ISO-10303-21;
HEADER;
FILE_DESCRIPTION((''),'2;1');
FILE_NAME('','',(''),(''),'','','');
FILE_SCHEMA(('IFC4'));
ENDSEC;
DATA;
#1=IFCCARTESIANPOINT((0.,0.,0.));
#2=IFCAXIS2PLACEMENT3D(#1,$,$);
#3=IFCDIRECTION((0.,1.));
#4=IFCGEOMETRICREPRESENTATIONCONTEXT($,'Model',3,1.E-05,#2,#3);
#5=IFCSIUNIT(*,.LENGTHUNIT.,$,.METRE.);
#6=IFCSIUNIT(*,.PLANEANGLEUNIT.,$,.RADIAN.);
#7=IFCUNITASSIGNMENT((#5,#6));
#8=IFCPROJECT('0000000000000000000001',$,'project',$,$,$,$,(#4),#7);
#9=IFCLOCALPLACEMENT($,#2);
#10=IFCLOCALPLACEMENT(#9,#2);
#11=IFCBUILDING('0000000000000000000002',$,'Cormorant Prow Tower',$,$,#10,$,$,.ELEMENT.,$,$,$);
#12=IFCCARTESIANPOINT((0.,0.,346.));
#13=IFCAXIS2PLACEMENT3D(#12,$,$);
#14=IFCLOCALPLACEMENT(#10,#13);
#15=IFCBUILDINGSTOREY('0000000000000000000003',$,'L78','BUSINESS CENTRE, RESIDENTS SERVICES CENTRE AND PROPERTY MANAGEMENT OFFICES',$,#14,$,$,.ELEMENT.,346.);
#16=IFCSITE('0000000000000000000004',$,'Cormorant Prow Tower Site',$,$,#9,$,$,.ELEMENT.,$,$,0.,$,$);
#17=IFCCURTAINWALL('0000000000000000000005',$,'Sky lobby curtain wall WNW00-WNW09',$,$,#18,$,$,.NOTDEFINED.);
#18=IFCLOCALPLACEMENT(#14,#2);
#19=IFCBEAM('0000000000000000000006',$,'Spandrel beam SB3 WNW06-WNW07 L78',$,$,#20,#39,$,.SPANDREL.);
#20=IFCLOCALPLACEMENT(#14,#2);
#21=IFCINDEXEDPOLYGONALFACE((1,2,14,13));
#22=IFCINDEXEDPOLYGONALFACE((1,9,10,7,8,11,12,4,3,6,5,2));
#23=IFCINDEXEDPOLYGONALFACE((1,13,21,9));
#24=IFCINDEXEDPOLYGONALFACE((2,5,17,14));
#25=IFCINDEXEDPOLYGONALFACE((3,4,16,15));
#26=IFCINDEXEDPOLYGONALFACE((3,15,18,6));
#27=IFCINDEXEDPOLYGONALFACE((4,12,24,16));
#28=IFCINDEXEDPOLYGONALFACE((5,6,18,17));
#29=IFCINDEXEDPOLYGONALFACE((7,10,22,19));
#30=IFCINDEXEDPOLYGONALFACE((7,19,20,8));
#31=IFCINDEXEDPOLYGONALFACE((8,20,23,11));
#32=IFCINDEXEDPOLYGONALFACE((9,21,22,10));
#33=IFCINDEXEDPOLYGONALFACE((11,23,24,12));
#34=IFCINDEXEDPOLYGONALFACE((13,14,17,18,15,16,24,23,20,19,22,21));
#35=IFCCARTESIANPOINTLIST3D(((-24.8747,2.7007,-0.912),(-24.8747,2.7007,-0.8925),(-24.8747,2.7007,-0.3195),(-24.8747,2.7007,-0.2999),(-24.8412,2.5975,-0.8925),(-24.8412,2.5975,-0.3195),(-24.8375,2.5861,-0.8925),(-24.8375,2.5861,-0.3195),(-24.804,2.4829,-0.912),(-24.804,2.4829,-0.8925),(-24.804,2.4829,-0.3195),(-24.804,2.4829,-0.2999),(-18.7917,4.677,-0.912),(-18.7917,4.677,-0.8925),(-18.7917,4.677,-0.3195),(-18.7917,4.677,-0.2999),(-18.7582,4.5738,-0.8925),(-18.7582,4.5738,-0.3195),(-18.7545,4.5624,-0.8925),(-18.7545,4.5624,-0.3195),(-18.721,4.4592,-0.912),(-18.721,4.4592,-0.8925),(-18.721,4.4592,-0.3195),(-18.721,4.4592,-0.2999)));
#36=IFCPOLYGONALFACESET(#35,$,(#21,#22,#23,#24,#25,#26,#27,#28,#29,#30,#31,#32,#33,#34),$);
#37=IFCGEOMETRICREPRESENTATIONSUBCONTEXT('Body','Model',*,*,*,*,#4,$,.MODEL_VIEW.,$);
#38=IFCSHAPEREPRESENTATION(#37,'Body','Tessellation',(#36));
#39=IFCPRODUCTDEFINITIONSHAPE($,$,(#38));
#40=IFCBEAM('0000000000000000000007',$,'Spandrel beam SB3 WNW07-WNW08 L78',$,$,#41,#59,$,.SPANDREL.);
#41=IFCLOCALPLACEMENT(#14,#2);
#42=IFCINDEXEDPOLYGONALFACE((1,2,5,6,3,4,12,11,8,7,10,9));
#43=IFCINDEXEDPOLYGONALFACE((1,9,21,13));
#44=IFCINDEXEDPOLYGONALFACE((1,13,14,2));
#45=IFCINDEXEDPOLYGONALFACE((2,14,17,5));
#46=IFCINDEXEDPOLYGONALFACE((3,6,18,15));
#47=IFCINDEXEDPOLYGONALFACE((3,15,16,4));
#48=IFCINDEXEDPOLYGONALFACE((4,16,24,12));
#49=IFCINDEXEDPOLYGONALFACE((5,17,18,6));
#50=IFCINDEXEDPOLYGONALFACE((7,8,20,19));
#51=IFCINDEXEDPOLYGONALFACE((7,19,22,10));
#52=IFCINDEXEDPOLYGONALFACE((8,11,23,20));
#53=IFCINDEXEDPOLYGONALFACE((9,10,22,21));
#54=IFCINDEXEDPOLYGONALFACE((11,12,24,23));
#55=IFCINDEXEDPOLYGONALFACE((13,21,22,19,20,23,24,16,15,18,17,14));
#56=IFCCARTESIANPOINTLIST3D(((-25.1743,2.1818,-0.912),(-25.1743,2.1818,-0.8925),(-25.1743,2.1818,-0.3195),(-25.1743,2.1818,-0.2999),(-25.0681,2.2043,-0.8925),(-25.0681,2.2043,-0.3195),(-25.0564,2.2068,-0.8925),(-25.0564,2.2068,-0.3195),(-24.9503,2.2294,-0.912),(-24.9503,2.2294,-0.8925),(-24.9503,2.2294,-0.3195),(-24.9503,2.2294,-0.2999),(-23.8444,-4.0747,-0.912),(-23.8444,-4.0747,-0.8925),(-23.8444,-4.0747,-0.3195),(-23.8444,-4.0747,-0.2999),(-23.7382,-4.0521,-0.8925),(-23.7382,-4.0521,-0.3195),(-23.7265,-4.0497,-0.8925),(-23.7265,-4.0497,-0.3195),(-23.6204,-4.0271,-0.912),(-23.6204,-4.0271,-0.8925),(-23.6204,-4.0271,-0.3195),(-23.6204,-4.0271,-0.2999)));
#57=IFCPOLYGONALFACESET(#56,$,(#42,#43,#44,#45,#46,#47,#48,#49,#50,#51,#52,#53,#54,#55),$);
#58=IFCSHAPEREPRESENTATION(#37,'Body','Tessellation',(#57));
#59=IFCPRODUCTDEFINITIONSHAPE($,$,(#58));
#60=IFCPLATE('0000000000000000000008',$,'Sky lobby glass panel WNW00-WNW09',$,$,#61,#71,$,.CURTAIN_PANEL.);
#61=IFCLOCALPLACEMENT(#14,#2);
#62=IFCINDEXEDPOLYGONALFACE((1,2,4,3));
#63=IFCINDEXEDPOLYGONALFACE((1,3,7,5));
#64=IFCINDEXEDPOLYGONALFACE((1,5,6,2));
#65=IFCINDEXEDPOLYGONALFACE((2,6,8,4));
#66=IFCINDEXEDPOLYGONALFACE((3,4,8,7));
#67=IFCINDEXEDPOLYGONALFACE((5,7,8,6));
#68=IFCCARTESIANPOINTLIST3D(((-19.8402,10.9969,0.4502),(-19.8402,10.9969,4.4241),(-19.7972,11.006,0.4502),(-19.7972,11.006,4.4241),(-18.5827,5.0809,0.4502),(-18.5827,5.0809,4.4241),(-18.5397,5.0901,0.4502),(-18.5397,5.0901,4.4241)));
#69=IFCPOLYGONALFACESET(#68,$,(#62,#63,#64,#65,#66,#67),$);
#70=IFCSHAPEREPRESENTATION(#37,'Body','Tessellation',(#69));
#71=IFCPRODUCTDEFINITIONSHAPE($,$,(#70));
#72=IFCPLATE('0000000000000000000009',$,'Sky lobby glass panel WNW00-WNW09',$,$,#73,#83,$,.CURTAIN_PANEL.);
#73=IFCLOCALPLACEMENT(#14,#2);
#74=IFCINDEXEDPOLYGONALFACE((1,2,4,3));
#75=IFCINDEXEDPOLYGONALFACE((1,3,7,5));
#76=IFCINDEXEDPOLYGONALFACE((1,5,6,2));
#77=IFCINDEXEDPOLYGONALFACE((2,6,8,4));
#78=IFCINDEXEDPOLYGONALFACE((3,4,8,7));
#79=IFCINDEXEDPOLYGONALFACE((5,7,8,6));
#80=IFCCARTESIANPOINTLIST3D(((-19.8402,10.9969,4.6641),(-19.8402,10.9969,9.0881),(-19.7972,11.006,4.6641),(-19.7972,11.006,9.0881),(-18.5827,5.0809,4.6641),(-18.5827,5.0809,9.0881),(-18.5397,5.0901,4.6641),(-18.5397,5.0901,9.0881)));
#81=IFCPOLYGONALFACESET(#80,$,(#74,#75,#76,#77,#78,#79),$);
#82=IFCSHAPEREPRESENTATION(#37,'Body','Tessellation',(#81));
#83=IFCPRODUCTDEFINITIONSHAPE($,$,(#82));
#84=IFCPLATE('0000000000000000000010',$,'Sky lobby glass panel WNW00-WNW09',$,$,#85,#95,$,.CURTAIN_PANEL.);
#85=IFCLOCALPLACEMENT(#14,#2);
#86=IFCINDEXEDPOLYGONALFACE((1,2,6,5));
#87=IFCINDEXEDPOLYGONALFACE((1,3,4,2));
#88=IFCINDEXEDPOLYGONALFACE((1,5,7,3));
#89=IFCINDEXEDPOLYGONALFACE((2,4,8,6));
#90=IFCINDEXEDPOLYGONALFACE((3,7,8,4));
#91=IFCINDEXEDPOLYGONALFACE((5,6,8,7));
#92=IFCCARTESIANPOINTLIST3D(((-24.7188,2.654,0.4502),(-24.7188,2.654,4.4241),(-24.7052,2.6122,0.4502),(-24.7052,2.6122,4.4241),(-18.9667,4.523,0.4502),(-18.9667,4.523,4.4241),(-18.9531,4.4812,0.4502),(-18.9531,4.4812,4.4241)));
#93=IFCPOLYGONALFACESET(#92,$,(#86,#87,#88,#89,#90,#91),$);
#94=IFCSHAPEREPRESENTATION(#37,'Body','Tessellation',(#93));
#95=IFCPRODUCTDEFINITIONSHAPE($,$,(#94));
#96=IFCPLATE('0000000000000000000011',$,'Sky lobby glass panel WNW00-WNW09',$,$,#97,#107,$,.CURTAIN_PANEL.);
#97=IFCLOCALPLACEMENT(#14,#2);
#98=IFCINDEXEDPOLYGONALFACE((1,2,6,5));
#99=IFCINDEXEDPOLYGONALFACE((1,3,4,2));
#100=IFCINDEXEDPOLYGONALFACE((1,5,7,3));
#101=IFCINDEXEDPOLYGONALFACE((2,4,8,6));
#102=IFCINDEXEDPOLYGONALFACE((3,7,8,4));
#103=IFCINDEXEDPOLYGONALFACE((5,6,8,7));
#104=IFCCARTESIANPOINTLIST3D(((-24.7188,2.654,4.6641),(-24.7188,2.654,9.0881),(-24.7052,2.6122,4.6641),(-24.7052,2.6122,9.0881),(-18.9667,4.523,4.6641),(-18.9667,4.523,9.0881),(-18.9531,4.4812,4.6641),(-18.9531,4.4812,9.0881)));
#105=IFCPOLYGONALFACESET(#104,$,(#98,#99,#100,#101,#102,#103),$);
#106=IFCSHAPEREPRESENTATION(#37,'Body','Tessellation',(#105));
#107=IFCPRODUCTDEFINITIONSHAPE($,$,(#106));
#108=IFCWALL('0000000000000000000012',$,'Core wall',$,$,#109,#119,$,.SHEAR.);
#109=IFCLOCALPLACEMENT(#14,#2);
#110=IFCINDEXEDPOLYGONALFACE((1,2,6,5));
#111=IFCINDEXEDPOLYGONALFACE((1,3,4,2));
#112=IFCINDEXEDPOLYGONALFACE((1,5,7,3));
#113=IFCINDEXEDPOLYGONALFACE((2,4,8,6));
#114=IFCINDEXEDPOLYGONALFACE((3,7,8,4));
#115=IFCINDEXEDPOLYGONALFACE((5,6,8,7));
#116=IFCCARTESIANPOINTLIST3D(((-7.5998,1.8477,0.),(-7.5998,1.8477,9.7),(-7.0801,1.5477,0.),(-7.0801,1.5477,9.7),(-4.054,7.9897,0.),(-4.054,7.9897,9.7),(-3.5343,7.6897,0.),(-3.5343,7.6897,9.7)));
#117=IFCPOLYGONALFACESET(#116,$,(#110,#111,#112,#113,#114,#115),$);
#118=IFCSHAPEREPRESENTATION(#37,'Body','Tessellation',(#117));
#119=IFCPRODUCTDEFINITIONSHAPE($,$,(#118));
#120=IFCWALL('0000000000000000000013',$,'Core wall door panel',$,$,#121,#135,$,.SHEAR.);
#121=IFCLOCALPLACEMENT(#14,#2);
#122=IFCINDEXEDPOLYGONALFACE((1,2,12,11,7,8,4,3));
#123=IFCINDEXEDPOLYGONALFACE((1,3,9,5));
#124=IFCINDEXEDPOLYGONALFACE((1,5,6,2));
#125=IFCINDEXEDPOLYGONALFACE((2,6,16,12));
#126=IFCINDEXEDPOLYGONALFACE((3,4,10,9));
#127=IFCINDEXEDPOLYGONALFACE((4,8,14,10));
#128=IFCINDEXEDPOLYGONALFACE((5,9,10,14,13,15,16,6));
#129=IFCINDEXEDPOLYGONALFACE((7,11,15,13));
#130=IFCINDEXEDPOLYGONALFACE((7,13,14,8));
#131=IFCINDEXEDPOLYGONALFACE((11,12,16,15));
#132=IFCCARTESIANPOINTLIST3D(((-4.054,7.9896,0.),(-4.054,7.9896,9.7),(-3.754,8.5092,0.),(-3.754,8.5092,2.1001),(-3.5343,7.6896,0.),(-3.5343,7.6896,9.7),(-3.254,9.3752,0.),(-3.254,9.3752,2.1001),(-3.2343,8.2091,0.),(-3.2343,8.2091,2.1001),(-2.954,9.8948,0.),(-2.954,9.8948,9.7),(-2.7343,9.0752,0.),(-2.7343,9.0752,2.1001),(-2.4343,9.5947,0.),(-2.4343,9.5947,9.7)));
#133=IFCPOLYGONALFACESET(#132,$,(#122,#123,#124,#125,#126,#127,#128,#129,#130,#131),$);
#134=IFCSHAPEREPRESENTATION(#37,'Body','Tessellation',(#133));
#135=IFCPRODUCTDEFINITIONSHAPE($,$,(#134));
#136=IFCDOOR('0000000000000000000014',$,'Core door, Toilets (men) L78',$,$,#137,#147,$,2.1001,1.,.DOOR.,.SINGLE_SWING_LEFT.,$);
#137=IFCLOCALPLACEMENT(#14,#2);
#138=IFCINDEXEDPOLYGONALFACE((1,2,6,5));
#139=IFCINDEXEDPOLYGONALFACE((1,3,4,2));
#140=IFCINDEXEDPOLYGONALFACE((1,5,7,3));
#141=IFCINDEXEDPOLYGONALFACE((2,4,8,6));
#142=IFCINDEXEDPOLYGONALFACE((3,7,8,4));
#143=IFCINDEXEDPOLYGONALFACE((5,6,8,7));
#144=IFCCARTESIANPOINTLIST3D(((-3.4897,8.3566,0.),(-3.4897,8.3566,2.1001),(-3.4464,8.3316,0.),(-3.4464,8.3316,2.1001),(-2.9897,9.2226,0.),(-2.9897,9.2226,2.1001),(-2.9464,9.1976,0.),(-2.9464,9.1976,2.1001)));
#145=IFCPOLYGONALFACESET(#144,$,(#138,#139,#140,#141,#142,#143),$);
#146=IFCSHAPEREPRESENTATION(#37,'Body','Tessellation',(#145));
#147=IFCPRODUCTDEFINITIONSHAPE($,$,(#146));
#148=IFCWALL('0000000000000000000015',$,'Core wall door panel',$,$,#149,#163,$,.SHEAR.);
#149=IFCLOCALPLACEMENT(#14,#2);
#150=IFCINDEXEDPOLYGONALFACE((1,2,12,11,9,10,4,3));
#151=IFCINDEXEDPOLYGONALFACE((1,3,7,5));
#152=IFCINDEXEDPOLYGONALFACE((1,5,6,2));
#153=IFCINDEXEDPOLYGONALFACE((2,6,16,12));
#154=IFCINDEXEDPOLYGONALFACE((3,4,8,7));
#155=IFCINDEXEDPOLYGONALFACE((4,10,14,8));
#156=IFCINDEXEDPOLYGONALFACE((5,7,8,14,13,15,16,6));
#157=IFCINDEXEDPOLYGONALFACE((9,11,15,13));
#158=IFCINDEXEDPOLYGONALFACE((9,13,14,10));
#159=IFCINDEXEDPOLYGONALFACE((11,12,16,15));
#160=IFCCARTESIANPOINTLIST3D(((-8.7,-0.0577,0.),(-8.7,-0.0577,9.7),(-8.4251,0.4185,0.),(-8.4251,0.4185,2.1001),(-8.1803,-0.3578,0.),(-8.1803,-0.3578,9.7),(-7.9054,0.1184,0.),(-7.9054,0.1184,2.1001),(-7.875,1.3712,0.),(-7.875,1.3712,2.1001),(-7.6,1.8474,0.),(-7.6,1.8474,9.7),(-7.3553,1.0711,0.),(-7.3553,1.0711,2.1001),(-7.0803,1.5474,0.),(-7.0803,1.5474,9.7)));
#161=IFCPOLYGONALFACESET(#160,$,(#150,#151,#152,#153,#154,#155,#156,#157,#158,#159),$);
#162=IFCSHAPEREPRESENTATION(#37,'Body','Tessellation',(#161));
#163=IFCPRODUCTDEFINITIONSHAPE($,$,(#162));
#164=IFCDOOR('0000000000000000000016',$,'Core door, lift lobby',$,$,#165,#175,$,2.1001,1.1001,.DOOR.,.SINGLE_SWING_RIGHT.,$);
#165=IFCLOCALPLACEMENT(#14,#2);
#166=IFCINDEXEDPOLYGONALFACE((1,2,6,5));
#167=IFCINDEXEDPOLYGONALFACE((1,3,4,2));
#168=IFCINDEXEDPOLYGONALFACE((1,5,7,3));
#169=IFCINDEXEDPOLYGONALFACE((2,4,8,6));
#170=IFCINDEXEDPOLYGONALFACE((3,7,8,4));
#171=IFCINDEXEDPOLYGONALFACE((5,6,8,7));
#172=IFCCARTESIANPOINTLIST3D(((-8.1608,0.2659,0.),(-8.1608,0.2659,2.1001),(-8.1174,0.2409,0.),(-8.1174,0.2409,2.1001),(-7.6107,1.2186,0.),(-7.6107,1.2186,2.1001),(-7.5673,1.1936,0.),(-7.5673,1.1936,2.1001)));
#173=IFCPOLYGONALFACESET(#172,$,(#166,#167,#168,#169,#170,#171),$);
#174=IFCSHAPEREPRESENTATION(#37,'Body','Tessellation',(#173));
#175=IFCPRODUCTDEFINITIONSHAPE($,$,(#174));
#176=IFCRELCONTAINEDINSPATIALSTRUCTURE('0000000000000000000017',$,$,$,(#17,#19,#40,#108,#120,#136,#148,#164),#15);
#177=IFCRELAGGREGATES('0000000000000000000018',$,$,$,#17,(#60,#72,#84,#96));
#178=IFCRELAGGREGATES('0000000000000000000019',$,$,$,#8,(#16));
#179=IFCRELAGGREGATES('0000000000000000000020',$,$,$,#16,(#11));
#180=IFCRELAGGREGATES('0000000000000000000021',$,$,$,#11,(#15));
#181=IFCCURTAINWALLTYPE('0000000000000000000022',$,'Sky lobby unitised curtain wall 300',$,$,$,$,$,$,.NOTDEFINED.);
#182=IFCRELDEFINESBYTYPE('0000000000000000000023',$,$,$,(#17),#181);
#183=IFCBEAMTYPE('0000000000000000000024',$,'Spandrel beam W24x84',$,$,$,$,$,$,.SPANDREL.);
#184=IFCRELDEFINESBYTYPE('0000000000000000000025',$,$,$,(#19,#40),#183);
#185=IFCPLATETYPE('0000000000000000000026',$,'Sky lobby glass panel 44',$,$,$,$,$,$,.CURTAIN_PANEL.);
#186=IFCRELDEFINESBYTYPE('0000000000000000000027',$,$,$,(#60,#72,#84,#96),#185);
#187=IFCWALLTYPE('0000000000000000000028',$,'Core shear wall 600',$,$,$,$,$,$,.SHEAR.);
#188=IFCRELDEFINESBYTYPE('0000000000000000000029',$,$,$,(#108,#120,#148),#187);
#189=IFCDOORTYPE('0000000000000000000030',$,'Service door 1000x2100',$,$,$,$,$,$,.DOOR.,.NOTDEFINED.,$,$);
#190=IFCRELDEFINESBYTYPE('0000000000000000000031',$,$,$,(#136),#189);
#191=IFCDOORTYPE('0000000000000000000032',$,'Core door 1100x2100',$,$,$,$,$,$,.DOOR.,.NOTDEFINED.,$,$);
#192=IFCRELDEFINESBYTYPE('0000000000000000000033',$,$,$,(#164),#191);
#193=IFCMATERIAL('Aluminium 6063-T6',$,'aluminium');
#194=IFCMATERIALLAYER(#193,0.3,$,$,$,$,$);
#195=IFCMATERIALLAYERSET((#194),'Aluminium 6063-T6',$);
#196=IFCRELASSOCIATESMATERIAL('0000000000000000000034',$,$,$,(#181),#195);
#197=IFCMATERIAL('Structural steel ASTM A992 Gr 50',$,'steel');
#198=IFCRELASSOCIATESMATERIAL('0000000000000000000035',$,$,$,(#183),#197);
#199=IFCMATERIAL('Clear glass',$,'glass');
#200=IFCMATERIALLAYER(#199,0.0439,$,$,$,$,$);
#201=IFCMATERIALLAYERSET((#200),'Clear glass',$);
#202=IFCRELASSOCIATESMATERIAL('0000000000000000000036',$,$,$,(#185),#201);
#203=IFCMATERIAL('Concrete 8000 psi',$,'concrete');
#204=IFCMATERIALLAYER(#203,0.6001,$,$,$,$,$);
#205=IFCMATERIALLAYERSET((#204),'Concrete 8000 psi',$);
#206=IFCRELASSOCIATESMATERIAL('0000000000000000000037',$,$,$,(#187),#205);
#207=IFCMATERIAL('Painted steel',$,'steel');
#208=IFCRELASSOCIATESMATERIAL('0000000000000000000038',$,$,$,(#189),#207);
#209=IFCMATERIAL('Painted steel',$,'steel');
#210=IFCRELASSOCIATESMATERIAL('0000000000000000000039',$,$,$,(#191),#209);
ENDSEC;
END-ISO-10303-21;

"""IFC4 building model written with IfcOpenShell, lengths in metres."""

from ifc_helpers import new_model, si_unit, direction, frame, frame_2d, origin, origin_2d, place, context, subcontext, project, spatial, rectangle, i_section, extrude, material, layer, layer_set, material_profile, profile_set, type_object, element, fill, aggregate, save


model = new_model("IFC4")

# Units and contexts
model_context = context("Model", 3, precision=1e-05, world=origin(), true_north=direction((0.0, 1.0)))
body_context = subcontext(model_context, "Body", "Model", "MODEL_VIEW")
ifc_project = project(units=[si_unit("LENGTHUNIT", "METRE"), si_unit("PLANEANGLEUNIT", "RADIAN")], contexts=[model_context])

# Site, building, storey
site_placement = place(None, origin())
site = spatial("IfcSite", under=ifc_project, at=site_placement, Name="Cormorant Prow Tower Site", CompositionType="ELEMENT", RefElevation=0.0)
building_placement = place(site_placement, origin())
building = spatial("IfcBuilding", under=site, at=building_placement, Name="Cormorant Prow Tower", CompositionType="ELEMENT")
storey_placement = place(building_placement, frame((0.0, 0.0, 346.0)))
storey = spatial("IfcBuildingStorey", under=building, at=storey_placement, Name="L78", Description="BUSINESS CENTRE, RESIDENTS SERVICES CENTRE AND PROPERTY MANAGEMENT OFFICES", CompositionType="ELEMENT", Elevation=346.0)

# Curtain wall
ifc_material_1 = material(Name="Aluminium 6063-T6", Category="aluminium")
ifc_layer_1 = layer(ifc_material_1, 0.3)
ifc_layer_set_1 = layer_set([ifc_layer_1], Name="Aluminium 6063-T6")
curtain_wall_type = type_object("IfcCurtainWallType", Name="Sky lobby unitised curtain wall 300", PredefinedType="NOTDEFINED", material=ifc_layer_set_1)
curtain_wall_placement = place(storey_placement, origin())
curtain_wall = element("IfcCurtainWall", 1, at=curtain_wall_placement, inside=storey, type_object=curtain_wall_type, Name="Sky lobby curtain wall WNW00-WNW09", PredefinedType="NOTDEFINED")

# Beams
ifc_material_2 = material(Name="Structural steel ASTM A992 Gr 50", Category="steel")
ifc_material_profile_1 = material_profile(ifc_material_2, i_section(OverallWidth=0.229, OverallDepth=0.6121, WebThickness=0.012, FlangeThickness=0.0195, at=origin_2d()), Name="W24x84")
ifc_profile_set_1 = profile_set([ifc_material_profile_1], Name="Structural steel ASTM A992 Gr 50")
beam_type_1 = type_object("IfcBeamType", Name="Spandrel beam W24x84", PredefinedType="SPANDREL", material=ifc_profile_set_1)
beam_1_placement = place(storey_placement, frame((-18.7563, 4.5681, -0.606), z_axis=(-0.951064, -0.308993, 0.0), x_axis=(0.308993, -0.951064, 0.0)))
element("IfcBeam", 2, at=beam_1_placement, inside=storey, type_object=beam_type_1, Name="Spandrel beam SB3 WNW06-WNW07 L78", PredefinedType="SPANDREL", context=body_context, shape_type="SweptSolid", body=[
    extrude(i_section(OverallWidth=0.229, OverallDepth=0.6121, WebThickness=0.012, FlangeThickness=0.0195, at=origin_2d()), origin(), (0.0, 0.0, 1.0), 6.396),
])
beam_2_placement = place(storey_placement, frame((-25.0623, 2.2056, -0.606), z_axis=(0.207913, -0.978147, 0.0), x_axis=(0.978147, 0.207913, 0.0)))
element("IfcBeam", 3, at=beam_2_placement, inside=storey, type_object=beam_type_1, Name="Spandrel beam SB3 WNW07-WNW08 L78", PredefinedType="SPANDREL", context=body_context, shape_type="SweptSolid", body=[
    extrude(i_section(OverallWidth=0.229, OverallDepth=0.6121, WebThickness=0.012, FlangeThickness=0.0195, at=origin_2d()), origin(), (0.0, 0.0, 1.0), 6.3962),
])

# Plates
ifc_material_3 = material(Name="Clear glass", Category="glass")
ifc_layer_2 = layer(ifc_material_3, 0.0439)
ifc_layer_set_2 = layer_set([ifc_layer_2], Name="Clear glass")
plate_type = type_object("IfcPlateType", Name="Sky lobby glass panel 44", PredefinedType="CURTAIN_PANEL", material=ifc_layer_set_2)
plate_1_placement = place(storey_placement, frame((-19.1899, 8.0435, 0.4502), z_axis=(0.0, 0.0, 1.0), x_axis=(0.207912, -0.978148, 0.0)))
plate_1 = element("IfcPlate", 4, at=plate_1_placement, type_object=plate_type, Name="Sky lobby glass panel WNW00-WNW09", PredefinedType="CURTAIN_PANEL", context=body_context, shape_type="SweptSolid", body=[
    extrude(rectangle(XDim=6.0481, YDim=0.0439, at=origin_2d()), origin(), (0.0, 0.0, 1.0), 3.9739),
])
plate_2_placement = place(storey_placement, frame((-19.1899, 8.0435, 4.6641), z_axis=(0.0, 0.0, 1.0), x_axis=(0.207912, -0.978148, 0.0)))
plate_2 = element("IfcPlate", 5, at=plate_2_placement, type_object=plate_type, Name="Sky lobby glass panel WNW00-WNW09", PredefinedType="CURTAIN_PANEL", context=body_context, shape_type="SweptSolid", body=[
    extrude(rectangle(XDim=6.0481, YDim=0.0439, at=origin_2d()), origin(), (0.0, 0.0, 1.0), 4.4241),
])
plate_3_placement = place(storey_placement, frame((-21.8359, 3.5676, 0.4502), z_axis=(0.0, 0.0, 1.0), x_axis=(-0.951057, -0.309017, 0.0)))
plate_3 = element("IfcPlate", 6, at=plate_3_placement, type_object=plate_type, Name="Sky lobby glass panel WNW00-WNW09", PredefinedType="CURTAIN_PANEL", context=body_context, shape_type="SweptSolid", body=[
    extrude(rectangle(XDim=6.0481, YDim=0.0439, at=origin_2d()), origin(), (0.0, 0.0, 1.0), 3.9739),
])
plate_4_placement = place(storey_placement, frame((-21.8359, 3.5676, 4.6641), z_axis=(0.0, 0.0, 1.0), x_axis=(-0.951057, -0.309017, 0.0)))
plate_4 = element("IfcPlate", 7, at=plate_4_placement, type_object=plate_type, Name="Sky lobby glass panel WNW00-WNW09", PredefinedType="CURTAIN_PANEL", context=body_context, shape_type="SweptSolid", body=[
    extrude(rectangle(XDim=6.0481, YDim=0.0439, at=origin_2d()), origin(), (0.0, 0.0, 1.0), 4.4241),
])
aggregate(curtain_wall, [plate_1, plate_2, plate_3, plate_4])

# Wall
ifc_material_4 = material(Name="Concrete 8000 psi", Category="concrete")
ifc_layer_3 = layer(ifc_material_4, 0.6001)
ifc_layer_set_3 = layer_set([ifc_layer_3], Name="Concrete 8000 psi")
wall_type_1 = type_object("IfcWallType", Name="Core shear wall 600", PredefinedType="SHEAR", material=ifc_layer_set_3)
wall_1_placement = place(storey_placement, frame((-3.7942, 7.8396, 0.0), z_axis=(0.0, 0.0, 1.0), x_axis=(-0.499975, -0.86604, 0.0)))
element("IfcWall", 8, at=wall_1_placement, inside=storey, type_object=wall_type_1, Name="Core wall", PredefinedType="SHEAR", context=body_context, shape_type="SweptSolid", body=[
    extrude(rectangle(XDim=7.092, YDim=0.6001, at=frame_2d((3.5459, 0.0))), origin(), (0.0, 0.0, 1.0), 9.7),
])

# Walls, openings, doors
wall_2_placement = place(storey_placement, frame((-2.6941, 9.7449, 0.0), z_axis=(0.0, 0.0, 1.0), x_axis=(-0.50003, -0.866008, 0.0)))
wall_2 = element("IfcWall", 9, at=wall_2_placement, inside=storey, type_object=wall_type_1, Name="Core wall door panel", PredefinedType="SHEAR", context=body_context, shape_type="SweptSolid", body=[
    extrude(rectangle(XDim=2.2, YDim=0.6001, at=frame_2d((1.1001, 0.0))), origin(), (0.0, 0.0, 1.0), 9.7),
])
opening_1_placement = place(wall_2_placement, frame((0.6001, 0.0, 0.0)))
opening_1 = element("IfcOpeningElement", 10, at=opening_1_placement, cuts=wall_2, PredefinedType="OPENING", context=body_context, shape_type="SweptSolid", body=[
    extrude(rectangle(XDim=1.0, YDim=2.1001, at=frame_2d((0.5, 1.05))), frame((0.0, 0.3101, 0.0), z_axis=(0.0, -1.0, 0.0), x_axis=(1.0, 0.0, 0.0)), (0.0, 0.0, 1.0), 0.6201),
])
ifc_material_5 = material(Name="Painted steel", Category="steel")
door_type_1 = type_object("IfcDoorType", Name="Service door 1000x2100", OperationType="NOTDEFINED", PredefinedType="DOOR", material=ifc_material_5)
door_1_placement = place(opening_1_placement, origin())
door_1 = element("IfcDoor", 11, at=door_1_placement, inside=storey, type_object=door_type_1, Name="Core door, Toilets (men) L78", OperationType="SINGLE_SWING_LEFT", OverallHeight=2.1001, OverallWidth=1.0, PredefinedType="DOOR", context=body_context, shape_type="SweptSolid", body=[
    extrude(rectangle(XDim=1.0, YDim=2.1001, at=frame_2d((0.5, 1.05))), frame((0.0, 0.0552, 0.0), z_axis=(0.0, -1.0, 0.0), x_axis=(1.0, 0.0, 0.0)), (0.0, 0.0, 1.0), 0.05),
])
fill(opening_1, door_1)
wall_3_placement = place(storey_placement, frame((-7.3401, 1.6975, 0.0), z_axis=(0.0, 0.0, 1.0), x_axis=(-0.50003, -0.866008, 0.0)))
wall_3 = element("IfcWall", 12, at=wall_3_placement, inside=storey, type_object=wall_type_1, Name="Core wall door panel", PredefinedType="SHEAR", context=body_context, shape_type="SweptSolid", body=[
    extrude(rectangle(XDim=2.2, YDim=0.6001, at=frame_2d((1.1001, 0.0))), origin(), (0.0, 0.0, 1.0), 9.7),
])
opening_2_placement = place(wall_3_placement, frame((0.55, 0.0, 0.0)))
opening_2 = element("IfcOpeningElement", 13, at=opening_2_placement, cuts=wall_3, PredefinedType="OPENING", context=body_context, shape_type="SweptSolid", body=[
    extrude(rectangle(XDim=1.1001, YDim=2.1001, at=frame_2d((0.55, 1.05))), frame((0.0, 0.3101, 0.0), z_axis=(0.0, -1.0, 0.0), x_axis=(1.0, 0.0, 0.0)), (0.0, 0.0, 1.0), 0.6201),
])
ifc_material_6 = material(Name="Painted steel", Category="steel")
door_type_2 = type_object("IfcDoorType", Name="Core door 1100x2100", OperationType="NOTDEFINED", PredefinedType="DOOR", material=ifc_material_6)
door_2_placement = place(opening_2_placement, origin())
door_2 = element("IfcDoor", 14, at=door_2_placement, inside=storey, type_object=door_type_2, Name="Core door, lift lobby", OperationType="SINGLE_SWING_RIGHT", OverallHeight=2.1001, OverallWidth=1.1001, PredefinedType="DOOR", context=body_context, shape_type="SweptSolid", body=[
    extrude(rectangle(XDim=1.1001, YDim=2.1001, at=frame_2d((0.55, 1.05))), frame((0.0, 0.0552, 0.0), z_axis=(0.0, -1.0, 0.0), x_axis=(1.0, 0.0, 0.0)), (0.0, 0.0, 1.0), 0.05),
])
fill(opening_2, door_2)

save(model, "model.ifc")
